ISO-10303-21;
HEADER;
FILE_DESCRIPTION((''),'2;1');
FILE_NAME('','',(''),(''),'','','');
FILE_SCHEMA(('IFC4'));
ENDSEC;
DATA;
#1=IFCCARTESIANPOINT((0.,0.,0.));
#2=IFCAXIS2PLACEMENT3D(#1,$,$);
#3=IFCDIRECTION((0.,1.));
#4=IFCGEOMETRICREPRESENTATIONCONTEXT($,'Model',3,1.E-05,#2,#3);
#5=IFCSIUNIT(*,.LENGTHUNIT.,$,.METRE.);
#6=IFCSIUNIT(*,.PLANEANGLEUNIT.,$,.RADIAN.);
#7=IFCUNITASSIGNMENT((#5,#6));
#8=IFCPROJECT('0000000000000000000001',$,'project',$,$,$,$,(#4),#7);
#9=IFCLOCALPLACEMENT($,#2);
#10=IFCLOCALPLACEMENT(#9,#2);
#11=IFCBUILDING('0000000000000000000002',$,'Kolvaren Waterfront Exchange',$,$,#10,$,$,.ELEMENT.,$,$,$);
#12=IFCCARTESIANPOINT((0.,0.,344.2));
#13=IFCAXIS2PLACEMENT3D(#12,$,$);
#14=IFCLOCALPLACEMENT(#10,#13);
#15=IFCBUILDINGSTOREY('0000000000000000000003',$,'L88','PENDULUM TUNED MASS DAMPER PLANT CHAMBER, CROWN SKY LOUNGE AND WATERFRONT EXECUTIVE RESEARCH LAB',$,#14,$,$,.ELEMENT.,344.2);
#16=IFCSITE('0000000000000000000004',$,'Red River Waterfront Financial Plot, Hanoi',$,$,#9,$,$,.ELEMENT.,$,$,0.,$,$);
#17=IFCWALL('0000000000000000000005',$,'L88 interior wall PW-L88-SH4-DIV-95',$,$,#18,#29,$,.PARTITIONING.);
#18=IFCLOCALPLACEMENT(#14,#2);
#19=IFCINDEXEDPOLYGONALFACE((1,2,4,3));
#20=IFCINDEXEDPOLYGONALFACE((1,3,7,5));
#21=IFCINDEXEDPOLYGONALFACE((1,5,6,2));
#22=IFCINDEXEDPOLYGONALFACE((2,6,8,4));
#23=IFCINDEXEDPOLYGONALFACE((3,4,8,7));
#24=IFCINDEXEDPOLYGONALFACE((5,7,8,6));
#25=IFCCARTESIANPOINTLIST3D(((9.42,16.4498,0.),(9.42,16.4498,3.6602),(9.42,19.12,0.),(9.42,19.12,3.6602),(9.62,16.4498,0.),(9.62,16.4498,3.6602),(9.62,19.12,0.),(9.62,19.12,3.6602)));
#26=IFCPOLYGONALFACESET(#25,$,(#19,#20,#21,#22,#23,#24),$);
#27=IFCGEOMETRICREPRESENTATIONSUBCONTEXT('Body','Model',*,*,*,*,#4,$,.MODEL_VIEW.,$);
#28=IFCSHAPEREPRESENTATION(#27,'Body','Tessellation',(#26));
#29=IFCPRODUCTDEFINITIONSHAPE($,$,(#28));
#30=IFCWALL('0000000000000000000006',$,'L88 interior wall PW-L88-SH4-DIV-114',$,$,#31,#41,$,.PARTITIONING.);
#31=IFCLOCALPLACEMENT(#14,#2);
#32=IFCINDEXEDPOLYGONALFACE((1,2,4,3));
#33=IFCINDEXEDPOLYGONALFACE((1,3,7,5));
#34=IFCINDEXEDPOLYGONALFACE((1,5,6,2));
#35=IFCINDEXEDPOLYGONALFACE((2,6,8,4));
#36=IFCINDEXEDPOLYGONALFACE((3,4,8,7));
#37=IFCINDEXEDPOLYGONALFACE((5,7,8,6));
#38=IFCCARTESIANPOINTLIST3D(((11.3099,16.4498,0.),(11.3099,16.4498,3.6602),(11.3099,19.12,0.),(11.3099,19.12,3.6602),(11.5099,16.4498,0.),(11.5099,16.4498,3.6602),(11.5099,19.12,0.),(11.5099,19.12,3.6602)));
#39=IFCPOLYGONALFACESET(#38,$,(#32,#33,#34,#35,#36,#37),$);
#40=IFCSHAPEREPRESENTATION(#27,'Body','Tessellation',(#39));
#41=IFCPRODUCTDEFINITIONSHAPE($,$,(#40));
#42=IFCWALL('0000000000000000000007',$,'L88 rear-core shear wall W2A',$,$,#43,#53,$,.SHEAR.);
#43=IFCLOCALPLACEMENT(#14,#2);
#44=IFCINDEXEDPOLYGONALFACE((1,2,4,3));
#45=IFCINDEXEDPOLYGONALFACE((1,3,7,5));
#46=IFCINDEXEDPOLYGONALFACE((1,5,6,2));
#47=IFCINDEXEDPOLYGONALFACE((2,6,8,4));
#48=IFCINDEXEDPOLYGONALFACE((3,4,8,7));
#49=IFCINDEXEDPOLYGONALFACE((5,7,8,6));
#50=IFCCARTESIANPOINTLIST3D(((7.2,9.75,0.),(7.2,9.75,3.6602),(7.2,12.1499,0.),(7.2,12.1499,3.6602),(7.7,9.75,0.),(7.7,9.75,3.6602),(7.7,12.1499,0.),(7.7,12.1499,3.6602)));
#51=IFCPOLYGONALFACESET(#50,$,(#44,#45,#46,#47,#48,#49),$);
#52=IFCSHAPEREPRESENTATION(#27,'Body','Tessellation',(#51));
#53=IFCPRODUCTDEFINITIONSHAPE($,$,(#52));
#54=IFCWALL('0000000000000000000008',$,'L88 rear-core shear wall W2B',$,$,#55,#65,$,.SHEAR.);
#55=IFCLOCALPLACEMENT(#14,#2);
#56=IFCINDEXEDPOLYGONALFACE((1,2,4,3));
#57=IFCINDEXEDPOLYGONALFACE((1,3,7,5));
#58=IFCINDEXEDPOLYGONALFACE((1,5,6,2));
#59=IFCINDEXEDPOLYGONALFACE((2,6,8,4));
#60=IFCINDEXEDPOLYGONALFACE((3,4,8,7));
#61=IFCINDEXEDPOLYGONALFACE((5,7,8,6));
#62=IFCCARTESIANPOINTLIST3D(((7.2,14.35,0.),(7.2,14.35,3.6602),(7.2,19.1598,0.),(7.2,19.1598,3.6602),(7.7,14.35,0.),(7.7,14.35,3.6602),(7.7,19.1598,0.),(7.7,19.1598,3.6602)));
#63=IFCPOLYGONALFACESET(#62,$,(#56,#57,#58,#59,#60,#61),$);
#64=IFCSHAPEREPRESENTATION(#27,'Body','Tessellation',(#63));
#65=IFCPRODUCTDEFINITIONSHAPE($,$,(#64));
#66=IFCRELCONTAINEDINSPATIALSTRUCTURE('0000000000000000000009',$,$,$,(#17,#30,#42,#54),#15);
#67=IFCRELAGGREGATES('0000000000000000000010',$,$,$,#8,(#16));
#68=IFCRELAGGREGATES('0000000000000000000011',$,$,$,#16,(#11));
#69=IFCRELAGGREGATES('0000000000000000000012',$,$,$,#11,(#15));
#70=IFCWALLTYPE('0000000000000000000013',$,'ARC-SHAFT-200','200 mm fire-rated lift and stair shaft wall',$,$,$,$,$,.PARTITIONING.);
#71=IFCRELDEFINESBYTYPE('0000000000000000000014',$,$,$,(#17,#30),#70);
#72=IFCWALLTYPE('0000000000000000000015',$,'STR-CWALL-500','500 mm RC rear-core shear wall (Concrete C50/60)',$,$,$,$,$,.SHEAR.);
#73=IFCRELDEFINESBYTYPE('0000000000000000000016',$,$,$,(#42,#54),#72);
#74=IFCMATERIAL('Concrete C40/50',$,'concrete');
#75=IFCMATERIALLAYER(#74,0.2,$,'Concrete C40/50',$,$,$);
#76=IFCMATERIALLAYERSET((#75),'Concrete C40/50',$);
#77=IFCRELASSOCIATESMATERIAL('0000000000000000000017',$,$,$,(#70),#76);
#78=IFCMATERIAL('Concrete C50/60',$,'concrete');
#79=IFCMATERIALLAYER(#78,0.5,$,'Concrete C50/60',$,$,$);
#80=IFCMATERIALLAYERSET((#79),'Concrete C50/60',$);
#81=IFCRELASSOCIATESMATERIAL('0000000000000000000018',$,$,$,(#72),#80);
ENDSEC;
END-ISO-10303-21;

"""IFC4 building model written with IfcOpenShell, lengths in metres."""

from ifc_helpers import new_model, si_unit, direction, frame, frame_2d, origin, place, context, subcontext, project, spatial, rectangle, extrude, material, layer, layer_set, type_object, element, save


model = new_model("IFC4")

# Units and contexts
model_context = context("Model", 3, precision=1e-05, world=origin(), true_north=direction((0.0, 1.0)))
body_context = subcontext(model_context, "Body", "Model", "MODEL_VIEW")
ifc_project = project(units=[si_unit("LENGTHUNIT", "METRE"), si_unit("PLANEANGLEUNIT", "RADIAN")], contexts=[model_context])

# Site, building, storey
site_placement = place(None, origin())
site = spatial("IfcSite", under=ifc_project, at=site_placement, Name="Red River Waterfront Financial Plot, Hanoi", CompositionType="ELEMENT", RefElevation=0.0)
building_placement = place(site_placement, origin())
building = spatial("IfcBuilding", under=site, at=building_placement, Name="Kolvaren Waterfront Exchange", CompositionType="ELEMENT")
storey_placement = place(building_placement, frame((0.0, 0.0, 344.2)))
storey = spatial("IfcBuildingStorey", under=building, at=storey_placement, Name="L88", Description="PENDULUM TUNED MASS DAMPER PLANT CHAMBER, CROWN SKY LOUNGE AND WATERFRONT EXECUTIVE RESEARCH LAB", CompositionType="ELEMENT", Elevation=344.2)

# Shared definitions
ifc_material_1 = material(Name="Concrete C40/50", Category="concrete")
ifc_layer_1 = layer(ifc_material_1, 0.2, Name="Concrete C40/50")
ifc_layer_set_1 = layer_set([ifc_layer_1], Name="Concrete C40/50")
wall_type_1 = type_object("IfcWallType", Name="ARC-SHAFT-200", Description="200 mm fire-rated lift and stair shaft wall", PredefinedType="PARTITIONING", material=ifc_layer_set_1)

# Walls
for number, where, z_axis, x_axis, name in (
    (1, (9.52, 16.45, 0.0), (0.0, 0.0, 1.0), (0.0, 1.0, 0.0), "L88 interior wall PW-L88-SH4-DIV-95"),
    (2, (11.4099, 16.45, 0.0), (0.0, 0.0, 1.0), (0.0, 1.0, 0.0), "L88 interior wall PW-L88-SH4-DIV-114"),
):
    element("IfcWall", number, at=place(storey_placement, frame(where, z_axis=z_axis, x_axis=x_axis)), inside=storey, type_object=wall_type_1, Name=name, PredefinedType="PARTITIONING", context=body_context, shape_type="SweptSolid", body=[
        extrude(rectangle(XDim=2.6702, YDim=0.2, at=frame_2d((1.335, 0.0))), origin(), (0.0, 0.0, 1.0), 3.6602),
    ])
ifc_material_2 = material(Name="Concrete C50/60", Category="concrete")
ifc_layer_2 = layer(ifc_material_2, 0.5, Name="Concrete C50/60")
ifc_layer_set_2 = layer_set([ifc_layer_2], Name="Concrete C50/60")
wall_type_2 = type_object("IfcWallType", Name="STR-CWALL-500", Description="500 mm RC rear-core shear wall (Concrete C50/60)", PredefinedType="SHEAR", material=ifc_layer_set_2)
wall_1_placement = place(storey_placement, frame((7.45, 9.75, 0.0), z_axis=(0.0, 0.0, 1.0), x_axis=(0.0, 1.0, 0.0)))
element("IfcWall", 3, at=wall_1_placement, inside=storey, type_object=wall_type_2, Name="L88 rear-core shear wall W2A", PredefinedType="SHEAR", context=body_context, shape_type="SweptSolid", body=[
    extrude(rectangle(XDim=2.3999, YDim=0.5, at=frame_2d((1.2, 0.0))), origin(), (0.0, 0.0, 1.0), 3.6602),
])
wall_2_placement = place(storey_placement, frame((7.45, 14.3501, 0.0), z_axis=(0.0, 0.0, 1.0), x_axis=(0.0, 1.0, 0.0)))
element("IfcWall", 4, at=wall_2_placement, inside=storey, type_object=wall_type_2, Name="L88 rear-core shear wall W2B", PredefinedType="SHEAR", context=body_context, shape_type="SweptSolid", body=[
    extrude(rectangle(XDim=4.8098, YDim=0.5, at=frame_2d((2.4048, 0.0))), origin(), (0.0, 0.0, 1.0), 3.6602),
])

save(model, "model.ifc")
